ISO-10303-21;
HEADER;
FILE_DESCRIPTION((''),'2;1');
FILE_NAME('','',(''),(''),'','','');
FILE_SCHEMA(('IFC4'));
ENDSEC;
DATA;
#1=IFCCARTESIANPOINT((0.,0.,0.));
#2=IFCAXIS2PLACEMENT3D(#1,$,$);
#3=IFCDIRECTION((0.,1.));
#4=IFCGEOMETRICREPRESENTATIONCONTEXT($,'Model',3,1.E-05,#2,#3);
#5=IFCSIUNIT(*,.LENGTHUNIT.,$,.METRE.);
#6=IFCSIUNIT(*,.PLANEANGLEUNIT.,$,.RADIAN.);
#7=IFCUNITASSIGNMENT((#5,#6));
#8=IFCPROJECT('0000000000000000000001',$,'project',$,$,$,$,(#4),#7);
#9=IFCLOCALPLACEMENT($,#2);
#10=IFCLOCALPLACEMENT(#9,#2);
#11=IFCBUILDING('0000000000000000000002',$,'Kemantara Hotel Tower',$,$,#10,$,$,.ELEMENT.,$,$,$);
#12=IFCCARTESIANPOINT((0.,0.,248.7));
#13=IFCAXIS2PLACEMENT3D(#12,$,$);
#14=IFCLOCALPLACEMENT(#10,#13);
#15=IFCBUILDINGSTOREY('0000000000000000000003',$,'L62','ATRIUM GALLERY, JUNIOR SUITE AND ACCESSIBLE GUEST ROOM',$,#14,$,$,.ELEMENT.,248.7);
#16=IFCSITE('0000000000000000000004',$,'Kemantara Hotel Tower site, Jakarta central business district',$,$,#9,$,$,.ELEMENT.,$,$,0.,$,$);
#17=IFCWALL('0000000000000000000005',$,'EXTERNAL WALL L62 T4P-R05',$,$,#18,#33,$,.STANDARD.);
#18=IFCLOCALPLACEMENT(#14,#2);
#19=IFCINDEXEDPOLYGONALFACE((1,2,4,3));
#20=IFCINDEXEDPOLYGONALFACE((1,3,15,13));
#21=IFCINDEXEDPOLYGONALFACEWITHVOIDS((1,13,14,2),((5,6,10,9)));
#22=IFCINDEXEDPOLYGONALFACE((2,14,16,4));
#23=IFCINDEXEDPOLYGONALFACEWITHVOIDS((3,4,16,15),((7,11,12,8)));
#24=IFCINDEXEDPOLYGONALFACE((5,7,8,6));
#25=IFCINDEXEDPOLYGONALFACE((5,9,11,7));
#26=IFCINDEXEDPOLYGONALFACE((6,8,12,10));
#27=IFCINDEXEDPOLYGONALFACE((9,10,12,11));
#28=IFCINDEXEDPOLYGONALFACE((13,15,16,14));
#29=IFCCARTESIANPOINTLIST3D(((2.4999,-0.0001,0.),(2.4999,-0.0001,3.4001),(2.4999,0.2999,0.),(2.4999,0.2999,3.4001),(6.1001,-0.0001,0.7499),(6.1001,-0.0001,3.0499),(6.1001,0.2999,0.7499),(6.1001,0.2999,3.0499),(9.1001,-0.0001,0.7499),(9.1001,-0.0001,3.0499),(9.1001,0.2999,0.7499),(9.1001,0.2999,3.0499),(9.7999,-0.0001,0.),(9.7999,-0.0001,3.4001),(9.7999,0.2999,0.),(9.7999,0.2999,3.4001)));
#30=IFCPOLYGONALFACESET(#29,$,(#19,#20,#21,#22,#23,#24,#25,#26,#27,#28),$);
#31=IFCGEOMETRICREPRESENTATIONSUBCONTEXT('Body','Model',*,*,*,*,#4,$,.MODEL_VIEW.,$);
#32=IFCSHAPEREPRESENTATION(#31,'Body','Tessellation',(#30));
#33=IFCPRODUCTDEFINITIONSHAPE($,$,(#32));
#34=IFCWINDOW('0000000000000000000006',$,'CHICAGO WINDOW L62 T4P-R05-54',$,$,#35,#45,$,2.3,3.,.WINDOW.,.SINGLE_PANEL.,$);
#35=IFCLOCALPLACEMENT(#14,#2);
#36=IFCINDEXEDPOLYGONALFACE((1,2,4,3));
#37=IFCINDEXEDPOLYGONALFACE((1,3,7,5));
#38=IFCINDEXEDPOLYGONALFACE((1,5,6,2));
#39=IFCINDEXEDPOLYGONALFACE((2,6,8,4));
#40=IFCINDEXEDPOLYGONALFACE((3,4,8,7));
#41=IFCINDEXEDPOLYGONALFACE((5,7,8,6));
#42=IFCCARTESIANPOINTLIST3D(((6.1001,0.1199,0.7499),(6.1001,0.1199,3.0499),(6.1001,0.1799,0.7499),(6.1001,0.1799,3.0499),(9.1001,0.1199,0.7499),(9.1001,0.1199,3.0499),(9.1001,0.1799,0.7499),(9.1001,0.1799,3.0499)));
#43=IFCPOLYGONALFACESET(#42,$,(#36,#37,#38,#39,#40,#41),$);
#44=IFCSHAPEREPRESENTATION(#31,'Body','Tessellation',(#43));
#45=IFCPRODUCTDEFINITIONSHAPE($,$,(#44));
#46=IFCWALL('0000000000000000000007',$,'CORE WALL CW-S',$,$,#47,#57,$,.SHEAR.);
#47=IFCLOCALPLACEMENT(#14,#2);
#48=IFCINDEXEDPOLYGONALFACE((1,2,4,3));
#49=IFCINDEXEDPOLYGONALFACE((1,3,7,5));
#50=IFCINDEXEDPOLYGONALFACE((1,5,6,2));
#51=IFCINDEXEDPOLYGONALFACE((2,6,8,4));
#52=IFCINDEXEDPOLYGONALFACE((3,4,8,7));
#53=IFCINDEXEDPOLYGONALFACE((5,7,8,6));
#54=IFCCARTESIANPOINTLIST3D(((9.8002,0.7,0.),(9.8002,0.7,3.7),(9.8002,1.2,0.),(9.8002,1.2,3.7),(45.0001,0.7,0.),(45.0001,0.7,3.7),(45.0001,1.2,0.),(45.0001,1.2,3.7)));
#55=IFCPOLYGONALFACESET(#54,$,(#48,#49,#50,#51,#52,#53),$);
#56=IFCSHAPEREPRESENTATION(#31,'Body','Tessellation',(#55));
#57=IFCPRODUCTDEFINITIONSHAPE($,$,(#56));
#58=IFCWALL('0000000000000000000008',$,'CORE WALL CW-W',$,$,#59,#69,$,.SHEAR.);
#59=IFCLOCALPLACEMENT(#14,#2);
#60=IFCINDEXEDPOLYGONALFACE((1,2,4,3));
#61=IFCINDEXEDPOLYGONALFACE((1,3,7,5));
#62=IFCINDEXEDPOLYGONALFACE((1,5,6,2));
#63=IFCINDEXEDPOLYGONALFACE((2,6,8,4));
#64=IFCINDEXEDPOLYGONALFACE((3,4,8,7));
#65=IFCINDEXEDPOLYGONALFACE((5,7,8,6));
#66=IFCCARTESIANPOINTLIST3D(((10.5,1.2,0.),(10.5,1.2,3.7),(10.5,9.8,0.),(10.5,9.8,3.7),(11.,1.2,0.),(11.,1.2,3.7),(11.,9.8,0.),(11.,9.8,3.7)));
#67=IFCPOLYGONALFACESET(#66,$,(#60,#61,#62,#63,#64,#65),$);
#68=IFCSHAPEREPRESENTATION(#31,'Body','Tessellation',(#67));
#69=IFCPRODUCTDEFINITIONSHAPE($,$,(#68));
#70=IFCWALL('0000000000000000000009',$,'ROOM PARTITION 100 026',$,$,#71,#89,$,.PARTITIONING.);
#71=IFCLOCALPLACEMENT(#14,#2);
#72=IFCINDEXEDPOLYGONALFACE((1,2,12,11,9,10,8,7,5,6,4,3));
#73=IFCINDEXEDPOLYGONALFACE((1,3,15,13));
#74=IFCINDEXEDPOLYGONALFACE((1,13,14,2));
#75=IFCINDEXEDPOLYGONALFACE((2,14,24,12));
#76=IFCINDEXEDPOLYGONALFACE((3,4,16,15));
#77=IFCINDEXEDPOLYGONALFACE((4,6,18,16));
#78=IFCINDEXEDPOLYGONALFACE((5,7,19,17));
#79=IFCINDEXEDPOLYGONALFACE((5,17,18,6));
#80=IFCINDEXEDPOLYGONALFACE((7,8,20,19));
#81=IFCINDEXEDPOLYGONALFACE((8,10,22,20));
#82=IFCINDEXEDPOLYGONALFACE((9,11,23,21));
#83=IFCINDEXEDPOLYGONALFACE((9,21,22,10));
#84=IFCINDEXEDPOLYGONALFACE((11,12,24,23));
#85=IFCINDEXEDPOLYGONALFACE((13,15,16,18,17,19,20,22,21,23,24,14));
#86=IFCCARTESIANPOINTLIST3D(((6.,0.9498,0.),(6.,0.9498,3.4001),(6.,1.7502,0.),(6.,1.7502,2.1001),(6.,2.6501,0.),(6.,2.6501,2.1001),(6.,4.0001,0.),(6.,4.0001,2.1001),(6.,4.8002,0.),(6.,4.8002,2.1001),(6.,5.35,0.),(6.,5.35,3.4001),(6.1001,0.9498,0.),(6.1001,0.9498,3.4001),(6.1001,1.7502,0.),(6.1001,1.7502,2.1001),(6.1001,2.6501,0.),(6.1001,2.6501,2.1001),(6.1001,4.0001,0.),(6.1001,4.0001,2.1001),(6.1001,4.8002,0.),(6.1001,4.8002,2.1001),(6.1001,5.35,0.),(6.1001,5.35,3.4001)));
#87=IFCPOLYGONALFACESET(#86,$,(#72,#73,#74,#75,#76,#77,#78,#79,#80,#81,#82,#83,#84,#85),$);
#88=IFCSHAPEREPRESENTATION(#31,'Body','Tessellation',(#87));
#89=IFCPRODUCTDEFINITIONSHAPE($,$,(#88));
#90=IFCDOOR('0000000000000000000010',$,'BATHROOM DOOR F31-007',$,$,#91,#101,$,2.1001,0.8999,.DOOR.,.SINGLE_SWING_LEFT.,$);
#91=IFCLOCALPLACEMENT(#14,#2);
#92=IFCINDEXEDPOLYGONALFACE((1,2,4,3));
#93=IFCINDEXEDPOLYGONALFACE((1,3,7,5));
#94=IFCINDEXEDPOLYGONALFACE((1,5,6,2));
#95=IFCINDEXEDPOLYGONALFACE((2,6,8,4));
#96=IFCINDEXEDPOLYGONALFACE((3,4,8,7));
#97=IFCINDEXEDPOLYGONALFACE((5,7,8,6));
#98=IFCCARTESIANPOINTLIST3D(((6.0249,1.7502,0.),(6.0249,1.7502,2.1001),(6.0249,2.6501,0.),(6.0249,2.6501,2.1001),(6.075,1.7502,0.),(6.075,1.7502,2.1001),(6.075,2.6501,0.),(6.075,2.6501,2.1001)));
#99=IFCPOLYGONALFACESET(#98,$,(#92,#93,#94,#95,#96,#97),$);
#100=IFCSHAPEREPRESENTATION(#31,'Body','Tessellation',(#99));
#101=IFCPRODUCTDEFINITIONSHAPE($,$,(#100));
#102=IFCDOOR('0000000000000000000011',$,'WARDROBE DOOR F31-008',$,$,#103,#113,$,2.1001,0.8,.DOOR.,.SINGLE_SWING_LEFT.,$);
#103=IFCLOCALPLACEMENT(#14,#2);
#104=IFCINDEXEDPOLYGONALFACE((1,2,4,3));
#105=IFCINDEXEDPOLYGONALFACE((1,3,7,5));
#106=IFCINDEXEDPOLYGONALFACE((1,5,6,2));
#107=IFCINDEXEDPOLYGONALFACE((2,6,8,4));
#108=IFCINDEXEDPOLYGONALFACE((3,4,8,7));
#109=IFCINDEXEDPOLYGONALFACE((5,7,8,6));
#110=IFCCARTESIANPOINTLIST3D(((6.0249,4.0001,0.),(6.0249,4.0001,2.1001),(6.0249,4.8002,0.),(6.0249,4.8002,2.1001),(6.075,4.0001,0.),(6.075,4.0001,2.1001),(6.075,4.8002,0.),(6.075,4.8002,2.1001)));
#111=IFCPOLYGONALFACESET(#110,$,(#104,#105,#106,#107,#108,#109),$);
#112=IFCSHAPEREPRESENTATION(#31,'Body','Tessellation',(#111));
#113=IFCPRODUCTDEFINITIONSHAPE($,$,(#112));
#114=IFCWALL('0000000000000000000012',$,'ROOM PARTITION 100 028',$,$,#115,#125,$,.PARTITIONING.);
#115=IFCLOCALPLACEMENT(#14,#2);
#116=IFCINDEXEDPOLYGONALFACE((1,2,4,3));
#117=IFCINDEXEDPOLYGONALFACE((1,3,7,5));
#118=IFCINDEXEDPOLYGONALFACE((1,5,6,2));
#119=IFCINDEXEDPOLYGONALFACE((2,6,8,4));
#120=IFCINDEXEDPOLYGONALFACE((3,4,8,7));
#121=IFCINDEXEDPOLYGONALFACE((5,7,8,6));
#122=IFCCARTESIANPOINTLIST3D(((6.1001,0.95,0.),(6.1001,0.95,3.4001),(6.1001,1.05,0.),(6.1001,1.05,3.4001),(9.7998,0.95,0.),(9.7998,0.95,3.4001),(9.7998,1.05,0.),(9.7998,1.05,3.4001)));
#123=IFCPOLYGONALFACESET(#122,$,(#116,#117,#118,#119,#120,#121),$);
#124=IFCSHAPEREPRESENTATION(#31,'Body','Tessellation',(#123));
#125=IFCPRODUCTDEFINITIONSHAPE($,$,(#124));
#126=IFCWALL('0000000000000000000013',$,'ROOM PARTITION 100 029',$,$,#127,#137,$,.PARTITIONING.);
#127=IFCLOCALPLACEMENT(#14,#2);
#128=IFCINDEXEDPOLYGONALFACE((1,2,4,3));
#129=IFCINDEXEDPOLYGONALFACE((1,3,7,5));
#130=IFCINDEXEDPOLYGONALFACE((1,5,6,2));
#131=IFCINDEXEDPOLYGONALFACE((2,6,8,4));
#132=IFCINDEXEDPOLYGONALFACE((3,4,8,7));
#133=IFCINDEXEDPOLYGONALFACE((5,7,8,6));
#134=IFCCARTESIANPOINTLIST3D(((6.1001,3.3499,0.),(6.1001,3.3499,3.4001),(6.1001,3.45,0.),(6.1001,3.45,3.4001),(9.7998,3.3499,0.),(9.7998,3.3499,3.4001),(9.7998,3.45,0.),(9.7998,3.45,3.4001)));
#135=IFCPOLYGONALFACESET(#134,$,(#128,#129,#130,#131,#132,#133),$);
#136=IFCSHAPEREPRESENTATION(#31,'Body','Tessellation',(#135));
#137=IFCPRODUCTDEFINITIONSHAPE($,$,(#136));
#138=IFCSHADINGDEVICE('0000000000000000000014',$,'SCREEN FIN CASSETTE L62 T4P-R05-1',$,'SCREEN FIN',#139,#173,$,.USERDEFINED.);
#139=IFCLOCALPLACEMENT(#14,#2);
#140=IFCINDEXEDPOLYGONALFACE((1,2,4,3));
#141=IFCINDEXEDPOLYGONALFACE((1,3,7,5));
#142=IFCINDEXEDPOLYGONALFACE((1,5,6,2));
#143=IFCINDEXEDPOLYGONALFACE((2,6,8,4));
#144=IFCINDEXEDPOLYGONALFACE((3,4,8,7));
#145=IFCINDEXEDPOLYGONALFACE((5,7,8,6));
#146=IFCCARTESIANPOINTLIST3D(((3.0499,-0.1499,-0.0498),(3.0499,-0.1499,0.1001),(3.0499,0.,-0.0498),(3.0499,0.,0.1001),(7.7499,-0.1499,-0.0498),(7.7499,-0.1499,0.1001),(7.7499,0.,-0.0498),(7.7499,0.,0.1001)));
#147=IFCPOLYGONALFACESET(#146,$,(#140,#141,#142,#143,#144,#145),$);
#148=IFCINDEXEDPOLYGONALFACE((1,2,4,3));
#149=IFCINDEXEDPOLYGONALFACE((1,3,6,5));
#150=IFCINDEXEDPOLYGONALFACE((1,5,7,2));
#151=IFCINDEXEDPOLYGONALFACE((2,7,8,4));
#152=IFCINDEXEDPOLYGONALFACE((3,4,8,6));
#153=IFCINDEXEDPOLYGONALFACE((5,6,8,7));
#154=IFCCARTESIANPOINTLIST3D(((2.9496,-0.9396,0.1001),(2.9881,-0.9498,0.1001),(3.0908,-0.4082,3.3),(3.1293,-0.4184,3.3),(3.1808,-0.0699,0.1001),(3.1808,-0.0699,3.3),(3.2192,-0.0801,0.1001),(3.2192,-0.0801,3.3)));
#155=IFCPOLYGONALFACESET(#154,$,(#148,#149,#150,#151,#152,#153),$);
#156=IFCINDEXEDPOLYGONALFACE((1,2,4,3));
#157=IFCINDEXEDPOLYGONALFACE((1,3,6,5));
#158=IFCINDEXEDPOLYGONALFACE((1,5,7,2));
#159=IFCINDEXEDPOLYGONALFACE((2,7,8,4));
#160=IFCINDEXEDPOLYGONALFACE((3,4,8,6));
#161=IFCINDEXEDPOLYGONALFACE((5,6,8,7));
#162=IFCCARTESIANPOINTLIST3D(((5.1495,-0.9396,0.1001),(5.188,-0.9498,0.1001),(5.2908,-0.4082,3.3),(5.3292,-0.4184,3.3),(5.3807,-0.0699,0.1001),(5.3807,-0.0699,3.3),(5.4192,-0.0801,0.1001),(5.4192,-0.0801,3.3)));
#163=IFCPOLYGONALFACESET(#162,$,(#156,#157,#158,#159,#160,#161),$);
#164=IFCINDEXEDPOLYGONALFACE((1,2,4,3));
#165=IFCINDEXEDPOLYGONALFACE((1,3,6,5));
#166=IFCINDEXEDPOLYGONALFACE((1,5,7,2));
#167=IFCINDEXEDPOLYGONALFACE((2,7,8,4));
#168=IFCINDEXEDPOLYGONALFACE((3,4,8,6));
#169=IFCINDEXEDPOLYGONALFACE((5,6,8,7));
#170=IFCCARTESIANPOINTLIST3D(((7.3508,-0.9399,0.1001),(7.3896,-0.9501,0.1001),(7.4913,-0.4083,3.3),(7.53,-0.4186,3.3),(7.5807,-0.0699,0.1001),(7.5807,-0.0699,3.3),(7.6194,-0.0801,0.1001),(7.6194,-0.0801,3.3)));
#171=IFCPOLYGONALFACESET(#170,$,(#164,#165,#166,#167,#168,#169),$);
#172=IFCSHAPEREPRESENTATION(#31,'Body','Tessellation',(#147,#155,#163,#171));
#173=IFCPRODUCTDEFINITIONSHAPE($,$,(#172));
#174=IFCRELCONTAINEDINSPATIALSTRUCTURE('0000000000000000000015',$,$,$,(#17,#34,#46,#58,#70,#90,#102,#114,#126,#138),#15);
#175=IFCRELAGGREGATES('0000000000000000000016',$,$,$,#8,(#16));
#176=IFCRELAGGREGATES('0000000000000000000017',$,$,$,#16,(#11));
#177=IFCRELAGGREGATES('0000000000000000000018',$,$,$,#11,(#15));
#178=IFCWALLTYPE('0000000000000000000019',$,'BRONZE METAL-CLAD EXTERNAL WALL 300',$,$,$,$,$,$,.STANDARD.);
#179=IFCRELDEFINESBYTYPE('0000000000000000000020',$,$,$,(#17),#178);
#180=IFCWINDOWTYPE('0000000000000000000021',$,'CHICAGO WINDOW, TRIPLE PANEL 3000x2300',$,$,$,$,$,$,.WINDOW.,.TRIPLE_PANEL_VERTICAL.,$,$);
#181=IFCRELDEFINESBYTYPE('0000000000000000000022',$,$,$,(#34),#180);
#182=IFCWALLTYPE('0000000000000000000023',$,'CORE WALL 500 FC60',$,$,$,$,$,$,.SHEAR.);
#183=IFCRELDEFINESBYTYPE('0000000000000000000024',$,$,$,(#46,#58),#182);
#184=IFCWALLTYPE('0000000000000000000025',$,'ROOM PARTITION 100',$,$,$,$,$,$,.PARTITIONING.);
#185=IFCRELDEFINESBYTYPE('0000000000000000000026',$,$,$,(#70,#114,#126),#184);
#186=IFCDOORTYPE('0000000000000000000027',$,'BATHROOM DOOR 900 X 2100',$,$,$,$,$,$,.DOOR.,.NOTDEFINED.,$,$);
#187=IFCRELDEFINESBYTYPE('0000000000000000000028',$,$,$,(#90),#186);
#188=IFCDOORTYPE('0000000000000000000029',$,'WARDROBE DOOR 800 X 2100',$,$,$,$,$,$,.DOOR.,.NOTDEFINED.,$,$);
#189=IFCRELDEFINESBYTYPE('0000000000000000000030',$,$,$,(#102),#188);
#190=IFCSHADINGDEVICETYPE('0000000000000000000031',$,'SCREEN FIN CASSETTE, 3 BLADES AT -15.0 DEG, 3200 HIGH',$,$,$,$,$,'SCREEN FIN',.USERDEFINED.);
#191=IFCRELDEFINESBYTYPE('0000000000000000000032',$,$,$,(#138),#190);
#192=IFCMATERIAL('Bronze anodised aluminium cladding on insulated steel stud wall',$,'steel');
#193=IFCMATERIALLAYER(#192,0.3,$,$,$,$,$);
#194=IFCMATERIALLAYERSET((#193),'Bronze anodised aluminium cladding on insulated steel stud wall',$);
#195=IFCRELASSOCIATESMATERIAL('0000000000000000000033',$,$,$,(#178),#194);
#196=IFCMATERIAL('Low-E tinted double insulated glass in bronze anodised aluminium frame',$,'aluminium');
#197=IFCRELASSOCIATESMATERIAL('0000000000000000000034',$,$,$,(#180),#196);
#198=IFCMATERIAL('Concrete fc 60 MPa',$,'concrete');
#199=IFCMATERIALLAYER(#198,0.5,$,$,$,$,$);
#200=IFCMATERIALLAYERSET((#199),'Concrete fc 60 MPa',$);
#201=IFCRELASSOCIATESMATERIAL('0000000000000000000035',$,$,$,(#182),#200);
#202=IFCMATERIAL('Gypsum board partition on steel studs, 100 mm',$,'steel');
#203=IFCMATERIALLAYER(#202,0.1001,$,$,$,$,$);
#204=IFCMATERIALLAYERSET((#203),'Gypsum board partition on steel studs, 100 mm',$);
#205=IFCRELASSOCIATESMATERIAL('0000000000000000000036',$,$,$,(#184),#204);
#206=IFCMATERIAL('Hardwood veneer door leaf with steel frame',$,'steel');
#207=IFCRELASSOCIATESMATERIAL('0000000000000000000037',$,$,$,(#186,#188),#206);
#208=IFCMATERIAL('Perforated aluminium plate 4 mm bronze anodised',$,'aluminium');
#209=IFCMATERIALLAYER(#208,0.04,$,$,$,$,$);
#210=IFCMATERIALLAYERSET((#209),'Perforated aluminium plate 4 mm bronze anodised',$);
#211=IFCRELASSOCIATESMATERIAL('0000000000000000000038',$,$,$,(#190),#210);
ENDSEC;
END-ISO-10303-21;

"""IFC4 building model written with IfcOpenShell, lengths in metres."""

from ifc_helpers import new_model, si_unit, direction, frame, frame_2d, origin, origin_2d, place, context, subcontext, project, spatial, polyline, rectangle, outline, extrude, source, transform, mapped, material, layer, layer_set, type_object, element, fill, save


model = new_model("IFC4")

# Units and contexts
model_context = context("Model", 3, precision=1e-05, world=origin(), true_north=direction((0.0, 1.0)))
body_context = subcontext(model_context, "Body", "Model", "MODEL_VIEW")
ifc_project = project(units=[si_unit("LENGTHUNIT", "METRE"), si_unit("PLANEANGLEUNIT", "RADIAN")], contexts=[model_context])

# Site, building, storey
site_placement = place(None, origin())
site = spatial("IfcSite", under=ifc_project, at=site_placement, Name="Kemantara Hotel Tower site, Jakarta central business district", CompositionType="ELEMENT", RefElevation=0.0)
building_placement = place(site_placement, origin())
building = spatial("IfcBuilding", under=site, at=building_placement, Name="Kemantara Hotel Tower", CompositionType="ELEMENT")
storey_placement = place(building_placement, frame((0.0, 0.0, 248.7)))
storey = spatial("IfcBuildingStorey", under=building, at=storey_placement, Name="L62", Description="ATRIUM GALLERY, JUNIOR SUITE AND ACCESSIBLE GUEST ROOM", CompositionType="ELEMENT", Elevation=248.7)

# Shared definitions
ifc_material_1 = material(Name="Concrete fc 60 MPa", Category="concrete")

# Shared definitions
ifc_material_2 = material(Name="Bronze anodised aluminium cladding on insulated steel stud wall", Category="steel")
ifc_layer_1 = layer(ifc_material_2, 0.3)
ifc_layer_set_1 = layer_set([ifc_layer_1], Name="Bronze anodised aluminium cladding on insulated steel stud wall")
wall_type_1 = type_object("IfcWallType", Name="BRONZE METAL-CLAD EXTERNAL WALL 300", PredefinedType="STANDARD", material=ifc_layer_set_1)

# Wall, opening, window
wall_1_placement = place(storey_placement, frame((2.5, 0.1499, 0.0), z_axis=(0.0, 0.0, 1.0), x_axis=(1.0, 0.0, 0.0)))
wall_1 = element("IfcWall", 1, at=wall_1_placement, inside=storey, type_object=wall_type_1, Name="EXTERNAL WALL L62 T4P-R05", PredefinedType="STANDARD", context=body_context, shape_type="SweptSolid", body=[
    extrude(rectangle(XDim=7.3, YDim=0.3, at=frame_2d((3.6499, 0.0))), origin(), (0.0, 0.0, 1.0), 3.4001),
])
opening_1_placement = place(wall_1_placement, frame((3.6001, 0.0, 0.75)))
opening_1 = element("IfcOpeningElement", 2, at=opening_1_placement, cuts=wall_1, PredefinedType="OPENING", context=body_context, shape_type="SweptSolid", body=[
    extrude(rectangle(XDim=3.0, YDim=2.3, at=frame_2d((1.5, 1.1499))), frame((0.0, 0.1599, 0.0), z_axis=(0.0, -1.0, 0.0), x_axis=(1.0, 0.0, 0.0)), (0.0, 0.0, 1.0), 0.3201),
])
ifc_material_3 = material(Name="Low-E tinted double insulated glass in bronze anodised aluminium frame", Category="aluminium")
window_type = type_object("IfcWindowType", Name="CHICAGO WINDOW, TRIPLE PANEL 3000x2300", PartitioningType="TRIPLE_PANEL_VERTICAL", PredefinedType="WINDOW", material=ifc_material_3)
window_placement = place(opening_1_placement, origin())
window = element("IfcWindow", 3, at=window_placement, inside=storey, type_object=window_type, Name="CHICAGO WINDOW L62 T4P-R05-54", OverallHeight=2.3, OverallWidth=3.0, PartitioningType="SINGLE_PANEL", PredefinedType="WINDOW", context=body_context, shape_type="SweptSolid", body=[
    extrude(rectangle(XDim=3.0, YDim=2.3, at=frame_2d((1.5, 1.1499))), frame((0.0, 0.03, 0.0), z_axis=(0.0, -1.0, 0.0), x_axis=(1.0, 0.0, 0.0)), (0.0, 0.0, 1.0), 0.0601),
])
fill(opening_1, window)

# Walls
ifc_layer_2 = layer(ifc_material_1, 0.5)
ifc_layer_set_2 = layer_set([ifc_layer_2], Name="Concrete fc 60 MPa")
wall_type_2 = type_object("IfcWallType", Name="CORE WALL 500 FC60", PredefinedType="SHEAR", material=ifc_layer_set_2)
wall_2_placement = place(storey_placement, frame((9.8, 0.95, 0.0), z_axis=(0.0, 0.0, 1.0), x_axis=(1.0, 0.0, 0.0)))
element("IfcWall", 4, at=wall_2_placement, inside=storey, type_object=wall_type_2, Name="CORE WALL CW-S", PredefinedType="SHEAR", context=body_context, shape_type="SweptSolid", body=[
    extrude(rectangle(XDim=35.2, YDim=0.5, at=frame_2d((17.6001, 0.0))), origin(), (0.0, 0.0, 1.0), 3.7),
])
wall_3_placement = place(storey_placement, frame((10.75, 1.2, 0.0), z_axis=(0.0, 0.0, 1.0), x_axis=(0.0, 1.0, 0.0)))
element("IfcWall", 5, at=wall_3_placement, inside=storey, type_object=wall_type_2, Name="CORE WALL CW-W", PredefinedType="SHEAR", context=body_context, shape_type="SweptSolid", body=[
    extrude(rectangle(XDim=8.6001, YDim=0.5, at=frame_2d((4.3, 0.0))), origin(), (0.0, 0.0, 1.0), 3.7),
])

# Wall, openings, doors
ifc_material_4 = material(Name="Gypsum board partition on steel studs, 100 mm", Category="steel")
ifc_layer_3 = layer(ifc_material_4, 0.1001)
ifc_layer_set_3 = layer_set([ifc_layer_3], Name="Gypsum board partition on steel studs, 100 mm")
wall_type_3 = type_object("IfcWallType", Name="ROOM PARTITION 100", PredefinedType="PARTITIONING", material=ifc_layer_set_3)
wall_4_placement = place(storey_placement, frame((6.05, 5.3501, 0.0), z_axis=(0.0, 0.0, 1.0), x_axis=(0.0, -1.0, 0.0)))
wall_4 = element("IfcWall", 6, at=wall_4_placement, inside=storey, type_object=wall_type_3, Name="ROOM PARTITION 100 026", PredefinedType="PARTITIONING", context=body_context, shape_type="SweptSolid", body=[
    extrude(rectangle(XDim=4.4001, YDim=0.1001, at=frame_2d((2.2002, 0.0))), origin(), (0.0, 0.0, 1.0), 3.4001),
])
opening_2_placement = place(wall_4_placement, frame((2.7, 0.0, 0.0)))
opening_2 = element("IfcOpeningElement", 7, at=opening_2_placement, cuts=wall_4, PredefinedType="OPENING", context=body_context, shape_type="SweptSolid", body=[
    extrude(rectangle(XDim=0.8999, YDim=2.1001, at=frame_2d((0.45, 1.05))), frame((0.0, 0.0601, 0.0), z_axis=(0.0, -1.0, 0.0), x_axis=(1.0, 0.0, 0.0)), (0.0, 0.0, 1.0), 0.1201),
])
opening_3_placement = place(wall_4_placement, frame((0.55, 0.0, 0.0)))
opening_3 = element("IfcOpeningElement", 8, at=opening_3_placement, cuts=wall_4, PredefinedType="OPENING", context=body_context, shape_type="SweptSolid", body=[
    extrude(rectangle(XDim=0.8, YDim=2.1001, at=frame_2d((0.3999, 1.05))), frame((0.0, 0.0601, 0.0), z_axis=(0.0, -1.0, 0.0), x_axis=(1.0, 0.0, 0.0)), (0.0, 0.0, 1.0), 0.1201),
])
ifc_material_5 = material(Name="Hardwood veneer door leaf with steel frame", Category="steel")
door_type_1 = type_object("IfcDoorType", Name="BATHROOM DOOR 900 X 2100", OperationType="NOTDEFINED", PredefinedType="DOOR", material=ifc_material_5)
door_1_placement = place(opening_2_placement, origin())
door_1 = element("IfcDoor", 9, at=door_1_placement, inside=storey, type_object=door_type_1, Name="BATHROOM DOOR F31-007", OperationType="SINGLE_SWING_LEFT", OverallHeight=2.1001, OverallWidth=0.8999, PredefinedType="DOOR", context=body_context, shape_type="SweptSolid", body=[
    extrude(rectangle(XDim=0.8999, YDim=2.1001, at=frame_2d((0.45, 1.05))), frame((0.0, 0.0249, 0.0), z_axis=(0.0, -1.0, 0.0), x_axis=(1.0, 0.0, 0.0)), (0.0, 0.0, 1.0), 0.05),
])
fill(opening_2, door_1)
door_type_2 = type_object("IfcDoorType", Name="WARDROBE DOOR 800 X 2100", OperationType="NOTDEFINED", PredefinedType="DOOR", material=ifc_material_5)
door_2_placement = place(opening_3_placement, origin())
door_2 = element("IfcDoor", 10, at=door_2_placement, inside=storey, type_object=door_type_2, Name="WARDROBE DOOR F31-008", OperationType="SINGLE_SWING_LEFT", OverallHeight=2.1001, OverallWidth=0.8, PredefinedType="DOOR", context=body_context, shape_type="SweptSolid", body=[
    extrude(rectangle(XDim=0.8, YDim=2.1001, at=frame_2d((0.3999, 1.05))), frame((0.0, 0.0249, 0.0), z_axis=(0.0, -1.0, 0.0), x_axis=(1.0, 0.0, 0.0)), (0.0, 0.0, 1.0), 0.05),
])
fill(opening_3, door_2)

# Walls
for number, where, z_axis, x_axis, name in (
    (11, (6.1001, 1.0, 0.0), (0.0, 0.0, 1.0), (1.0, 0.0, 0.0), "ROOM PARTITION 100 028"),
    (12, (6.1001, 3.3999, 0.0), (0.0, 0.0, 1.0), (1.0, 0.0, 0.0), "ROOM PARTITION 100 029"),
):
    element("IfcWall", number, at=place(storey_placement, frame(where, z_axis=z_axis, x_axis=x_axis)), inside=storey, type_object=wall_type_3, Name=name, PredefinedType="PARTITIONING", context=body_context, shape_type="SweptSolid", body=[
        extrude(rectangle(XDim=3.6997, YDim=0.1001, at=frame_2d((1.8499, 0.0))), origin(), (0.0, 0.0, 1.0), 3.4001),
    ])

# Shading device
ifc_material_6 = material(Name="Perforated aluminium plate 4 mm bronze anodised", Category="aluminium")
ifc_layer_4 = layer(ifc_material_6, 0.04)
ifc_layer_set_4 = layer_set([ifc_layer_4], Name="Perforated aluminium plate 4 mm bronze anodised")
shading_device_type_1 = type_object("IfcShadingDeviceType", Name="SCREEN FIN CASSETTE, 3 BLADES AT -15.0 DEG, 3200 HIGH", ElementType="SCREEN FIN", PredefinedType="USERDEFINED", material=ifc_layer_set_4)
shared_shape_1 = source(origin(), body_context, "Body", "SweptSolid", [
    extrude(rectangle(XDim=4.7, YDim=0.1499, at=origin_2d()), frame((2.2, -0.075, -0.1499), z_axis=(0.0, 0.0, 1.0), x_axis=(1.0, 0.0, 0.0)), (0.0, 0.0, 1.0), 0.1499),
    extrude(outline(polyline([(0.0, 0.0), (0.8999, 0.0), (0.3501, 3.2), (0.0, 3.2), (0.0, 0.0)])), frame((0.0193, -0.0801, 0.0), z_axis=(-0.966438, 0.256901, 0.0), x_axis=(-0.256901, -0.966438, 0.0)), (0.0, 0.0, 1.0), 0.0398),
    extrude(outline(polyline([(0.0, 0.0), (0.8999, 0.0), (0.3501, 3.2), (0.0, 3.2), (0.0, 0.0)])), frame((2.2192, -0.0801, 0.0), z_axis=(-0.966438, 0.256901, 0.0), x_axis=(-0.256901, -0.966438, 0.0)), (0.0, 0.0, 1.0), 0.0398),
    extrude(outline(polyline([(0.0, 0.0), (0.8999, 0.0), (0.3501, 3.2), (0.0, 3.2), (0.0, 0.0)])), frame((4.4194, -0.0801, 0.0), z_axis=(-0.966838, 0.255391, 0.0), x_axis=(-0.255391, -0.966838, 0.0)), (0.0, 0.0, 1.0), 0.04),
])
shading_device_1_placement = place(storey_placement, frame((3.2, 0.0, 0.1001), z_axis=(0.0, 0.0, 1.0), x_axis=(1.0, 0.0, 0.0)))
element("IfcShadingDevice", 13, at=shading_device_1_placement, inside=storey, type_object=shading_device_type_1, Name="SCREEN FIN CASSETTE L62 T4P-R05-1", ObjectType="SCREEN FIN", PredefinedType="USERDEFINED", context=body_context, shape_type="MappedRepresentation", body=[
    mapped(shared_shape_1, transform((0.0, 0.0, 0.0))),
])

save(model, "model.ifc")
